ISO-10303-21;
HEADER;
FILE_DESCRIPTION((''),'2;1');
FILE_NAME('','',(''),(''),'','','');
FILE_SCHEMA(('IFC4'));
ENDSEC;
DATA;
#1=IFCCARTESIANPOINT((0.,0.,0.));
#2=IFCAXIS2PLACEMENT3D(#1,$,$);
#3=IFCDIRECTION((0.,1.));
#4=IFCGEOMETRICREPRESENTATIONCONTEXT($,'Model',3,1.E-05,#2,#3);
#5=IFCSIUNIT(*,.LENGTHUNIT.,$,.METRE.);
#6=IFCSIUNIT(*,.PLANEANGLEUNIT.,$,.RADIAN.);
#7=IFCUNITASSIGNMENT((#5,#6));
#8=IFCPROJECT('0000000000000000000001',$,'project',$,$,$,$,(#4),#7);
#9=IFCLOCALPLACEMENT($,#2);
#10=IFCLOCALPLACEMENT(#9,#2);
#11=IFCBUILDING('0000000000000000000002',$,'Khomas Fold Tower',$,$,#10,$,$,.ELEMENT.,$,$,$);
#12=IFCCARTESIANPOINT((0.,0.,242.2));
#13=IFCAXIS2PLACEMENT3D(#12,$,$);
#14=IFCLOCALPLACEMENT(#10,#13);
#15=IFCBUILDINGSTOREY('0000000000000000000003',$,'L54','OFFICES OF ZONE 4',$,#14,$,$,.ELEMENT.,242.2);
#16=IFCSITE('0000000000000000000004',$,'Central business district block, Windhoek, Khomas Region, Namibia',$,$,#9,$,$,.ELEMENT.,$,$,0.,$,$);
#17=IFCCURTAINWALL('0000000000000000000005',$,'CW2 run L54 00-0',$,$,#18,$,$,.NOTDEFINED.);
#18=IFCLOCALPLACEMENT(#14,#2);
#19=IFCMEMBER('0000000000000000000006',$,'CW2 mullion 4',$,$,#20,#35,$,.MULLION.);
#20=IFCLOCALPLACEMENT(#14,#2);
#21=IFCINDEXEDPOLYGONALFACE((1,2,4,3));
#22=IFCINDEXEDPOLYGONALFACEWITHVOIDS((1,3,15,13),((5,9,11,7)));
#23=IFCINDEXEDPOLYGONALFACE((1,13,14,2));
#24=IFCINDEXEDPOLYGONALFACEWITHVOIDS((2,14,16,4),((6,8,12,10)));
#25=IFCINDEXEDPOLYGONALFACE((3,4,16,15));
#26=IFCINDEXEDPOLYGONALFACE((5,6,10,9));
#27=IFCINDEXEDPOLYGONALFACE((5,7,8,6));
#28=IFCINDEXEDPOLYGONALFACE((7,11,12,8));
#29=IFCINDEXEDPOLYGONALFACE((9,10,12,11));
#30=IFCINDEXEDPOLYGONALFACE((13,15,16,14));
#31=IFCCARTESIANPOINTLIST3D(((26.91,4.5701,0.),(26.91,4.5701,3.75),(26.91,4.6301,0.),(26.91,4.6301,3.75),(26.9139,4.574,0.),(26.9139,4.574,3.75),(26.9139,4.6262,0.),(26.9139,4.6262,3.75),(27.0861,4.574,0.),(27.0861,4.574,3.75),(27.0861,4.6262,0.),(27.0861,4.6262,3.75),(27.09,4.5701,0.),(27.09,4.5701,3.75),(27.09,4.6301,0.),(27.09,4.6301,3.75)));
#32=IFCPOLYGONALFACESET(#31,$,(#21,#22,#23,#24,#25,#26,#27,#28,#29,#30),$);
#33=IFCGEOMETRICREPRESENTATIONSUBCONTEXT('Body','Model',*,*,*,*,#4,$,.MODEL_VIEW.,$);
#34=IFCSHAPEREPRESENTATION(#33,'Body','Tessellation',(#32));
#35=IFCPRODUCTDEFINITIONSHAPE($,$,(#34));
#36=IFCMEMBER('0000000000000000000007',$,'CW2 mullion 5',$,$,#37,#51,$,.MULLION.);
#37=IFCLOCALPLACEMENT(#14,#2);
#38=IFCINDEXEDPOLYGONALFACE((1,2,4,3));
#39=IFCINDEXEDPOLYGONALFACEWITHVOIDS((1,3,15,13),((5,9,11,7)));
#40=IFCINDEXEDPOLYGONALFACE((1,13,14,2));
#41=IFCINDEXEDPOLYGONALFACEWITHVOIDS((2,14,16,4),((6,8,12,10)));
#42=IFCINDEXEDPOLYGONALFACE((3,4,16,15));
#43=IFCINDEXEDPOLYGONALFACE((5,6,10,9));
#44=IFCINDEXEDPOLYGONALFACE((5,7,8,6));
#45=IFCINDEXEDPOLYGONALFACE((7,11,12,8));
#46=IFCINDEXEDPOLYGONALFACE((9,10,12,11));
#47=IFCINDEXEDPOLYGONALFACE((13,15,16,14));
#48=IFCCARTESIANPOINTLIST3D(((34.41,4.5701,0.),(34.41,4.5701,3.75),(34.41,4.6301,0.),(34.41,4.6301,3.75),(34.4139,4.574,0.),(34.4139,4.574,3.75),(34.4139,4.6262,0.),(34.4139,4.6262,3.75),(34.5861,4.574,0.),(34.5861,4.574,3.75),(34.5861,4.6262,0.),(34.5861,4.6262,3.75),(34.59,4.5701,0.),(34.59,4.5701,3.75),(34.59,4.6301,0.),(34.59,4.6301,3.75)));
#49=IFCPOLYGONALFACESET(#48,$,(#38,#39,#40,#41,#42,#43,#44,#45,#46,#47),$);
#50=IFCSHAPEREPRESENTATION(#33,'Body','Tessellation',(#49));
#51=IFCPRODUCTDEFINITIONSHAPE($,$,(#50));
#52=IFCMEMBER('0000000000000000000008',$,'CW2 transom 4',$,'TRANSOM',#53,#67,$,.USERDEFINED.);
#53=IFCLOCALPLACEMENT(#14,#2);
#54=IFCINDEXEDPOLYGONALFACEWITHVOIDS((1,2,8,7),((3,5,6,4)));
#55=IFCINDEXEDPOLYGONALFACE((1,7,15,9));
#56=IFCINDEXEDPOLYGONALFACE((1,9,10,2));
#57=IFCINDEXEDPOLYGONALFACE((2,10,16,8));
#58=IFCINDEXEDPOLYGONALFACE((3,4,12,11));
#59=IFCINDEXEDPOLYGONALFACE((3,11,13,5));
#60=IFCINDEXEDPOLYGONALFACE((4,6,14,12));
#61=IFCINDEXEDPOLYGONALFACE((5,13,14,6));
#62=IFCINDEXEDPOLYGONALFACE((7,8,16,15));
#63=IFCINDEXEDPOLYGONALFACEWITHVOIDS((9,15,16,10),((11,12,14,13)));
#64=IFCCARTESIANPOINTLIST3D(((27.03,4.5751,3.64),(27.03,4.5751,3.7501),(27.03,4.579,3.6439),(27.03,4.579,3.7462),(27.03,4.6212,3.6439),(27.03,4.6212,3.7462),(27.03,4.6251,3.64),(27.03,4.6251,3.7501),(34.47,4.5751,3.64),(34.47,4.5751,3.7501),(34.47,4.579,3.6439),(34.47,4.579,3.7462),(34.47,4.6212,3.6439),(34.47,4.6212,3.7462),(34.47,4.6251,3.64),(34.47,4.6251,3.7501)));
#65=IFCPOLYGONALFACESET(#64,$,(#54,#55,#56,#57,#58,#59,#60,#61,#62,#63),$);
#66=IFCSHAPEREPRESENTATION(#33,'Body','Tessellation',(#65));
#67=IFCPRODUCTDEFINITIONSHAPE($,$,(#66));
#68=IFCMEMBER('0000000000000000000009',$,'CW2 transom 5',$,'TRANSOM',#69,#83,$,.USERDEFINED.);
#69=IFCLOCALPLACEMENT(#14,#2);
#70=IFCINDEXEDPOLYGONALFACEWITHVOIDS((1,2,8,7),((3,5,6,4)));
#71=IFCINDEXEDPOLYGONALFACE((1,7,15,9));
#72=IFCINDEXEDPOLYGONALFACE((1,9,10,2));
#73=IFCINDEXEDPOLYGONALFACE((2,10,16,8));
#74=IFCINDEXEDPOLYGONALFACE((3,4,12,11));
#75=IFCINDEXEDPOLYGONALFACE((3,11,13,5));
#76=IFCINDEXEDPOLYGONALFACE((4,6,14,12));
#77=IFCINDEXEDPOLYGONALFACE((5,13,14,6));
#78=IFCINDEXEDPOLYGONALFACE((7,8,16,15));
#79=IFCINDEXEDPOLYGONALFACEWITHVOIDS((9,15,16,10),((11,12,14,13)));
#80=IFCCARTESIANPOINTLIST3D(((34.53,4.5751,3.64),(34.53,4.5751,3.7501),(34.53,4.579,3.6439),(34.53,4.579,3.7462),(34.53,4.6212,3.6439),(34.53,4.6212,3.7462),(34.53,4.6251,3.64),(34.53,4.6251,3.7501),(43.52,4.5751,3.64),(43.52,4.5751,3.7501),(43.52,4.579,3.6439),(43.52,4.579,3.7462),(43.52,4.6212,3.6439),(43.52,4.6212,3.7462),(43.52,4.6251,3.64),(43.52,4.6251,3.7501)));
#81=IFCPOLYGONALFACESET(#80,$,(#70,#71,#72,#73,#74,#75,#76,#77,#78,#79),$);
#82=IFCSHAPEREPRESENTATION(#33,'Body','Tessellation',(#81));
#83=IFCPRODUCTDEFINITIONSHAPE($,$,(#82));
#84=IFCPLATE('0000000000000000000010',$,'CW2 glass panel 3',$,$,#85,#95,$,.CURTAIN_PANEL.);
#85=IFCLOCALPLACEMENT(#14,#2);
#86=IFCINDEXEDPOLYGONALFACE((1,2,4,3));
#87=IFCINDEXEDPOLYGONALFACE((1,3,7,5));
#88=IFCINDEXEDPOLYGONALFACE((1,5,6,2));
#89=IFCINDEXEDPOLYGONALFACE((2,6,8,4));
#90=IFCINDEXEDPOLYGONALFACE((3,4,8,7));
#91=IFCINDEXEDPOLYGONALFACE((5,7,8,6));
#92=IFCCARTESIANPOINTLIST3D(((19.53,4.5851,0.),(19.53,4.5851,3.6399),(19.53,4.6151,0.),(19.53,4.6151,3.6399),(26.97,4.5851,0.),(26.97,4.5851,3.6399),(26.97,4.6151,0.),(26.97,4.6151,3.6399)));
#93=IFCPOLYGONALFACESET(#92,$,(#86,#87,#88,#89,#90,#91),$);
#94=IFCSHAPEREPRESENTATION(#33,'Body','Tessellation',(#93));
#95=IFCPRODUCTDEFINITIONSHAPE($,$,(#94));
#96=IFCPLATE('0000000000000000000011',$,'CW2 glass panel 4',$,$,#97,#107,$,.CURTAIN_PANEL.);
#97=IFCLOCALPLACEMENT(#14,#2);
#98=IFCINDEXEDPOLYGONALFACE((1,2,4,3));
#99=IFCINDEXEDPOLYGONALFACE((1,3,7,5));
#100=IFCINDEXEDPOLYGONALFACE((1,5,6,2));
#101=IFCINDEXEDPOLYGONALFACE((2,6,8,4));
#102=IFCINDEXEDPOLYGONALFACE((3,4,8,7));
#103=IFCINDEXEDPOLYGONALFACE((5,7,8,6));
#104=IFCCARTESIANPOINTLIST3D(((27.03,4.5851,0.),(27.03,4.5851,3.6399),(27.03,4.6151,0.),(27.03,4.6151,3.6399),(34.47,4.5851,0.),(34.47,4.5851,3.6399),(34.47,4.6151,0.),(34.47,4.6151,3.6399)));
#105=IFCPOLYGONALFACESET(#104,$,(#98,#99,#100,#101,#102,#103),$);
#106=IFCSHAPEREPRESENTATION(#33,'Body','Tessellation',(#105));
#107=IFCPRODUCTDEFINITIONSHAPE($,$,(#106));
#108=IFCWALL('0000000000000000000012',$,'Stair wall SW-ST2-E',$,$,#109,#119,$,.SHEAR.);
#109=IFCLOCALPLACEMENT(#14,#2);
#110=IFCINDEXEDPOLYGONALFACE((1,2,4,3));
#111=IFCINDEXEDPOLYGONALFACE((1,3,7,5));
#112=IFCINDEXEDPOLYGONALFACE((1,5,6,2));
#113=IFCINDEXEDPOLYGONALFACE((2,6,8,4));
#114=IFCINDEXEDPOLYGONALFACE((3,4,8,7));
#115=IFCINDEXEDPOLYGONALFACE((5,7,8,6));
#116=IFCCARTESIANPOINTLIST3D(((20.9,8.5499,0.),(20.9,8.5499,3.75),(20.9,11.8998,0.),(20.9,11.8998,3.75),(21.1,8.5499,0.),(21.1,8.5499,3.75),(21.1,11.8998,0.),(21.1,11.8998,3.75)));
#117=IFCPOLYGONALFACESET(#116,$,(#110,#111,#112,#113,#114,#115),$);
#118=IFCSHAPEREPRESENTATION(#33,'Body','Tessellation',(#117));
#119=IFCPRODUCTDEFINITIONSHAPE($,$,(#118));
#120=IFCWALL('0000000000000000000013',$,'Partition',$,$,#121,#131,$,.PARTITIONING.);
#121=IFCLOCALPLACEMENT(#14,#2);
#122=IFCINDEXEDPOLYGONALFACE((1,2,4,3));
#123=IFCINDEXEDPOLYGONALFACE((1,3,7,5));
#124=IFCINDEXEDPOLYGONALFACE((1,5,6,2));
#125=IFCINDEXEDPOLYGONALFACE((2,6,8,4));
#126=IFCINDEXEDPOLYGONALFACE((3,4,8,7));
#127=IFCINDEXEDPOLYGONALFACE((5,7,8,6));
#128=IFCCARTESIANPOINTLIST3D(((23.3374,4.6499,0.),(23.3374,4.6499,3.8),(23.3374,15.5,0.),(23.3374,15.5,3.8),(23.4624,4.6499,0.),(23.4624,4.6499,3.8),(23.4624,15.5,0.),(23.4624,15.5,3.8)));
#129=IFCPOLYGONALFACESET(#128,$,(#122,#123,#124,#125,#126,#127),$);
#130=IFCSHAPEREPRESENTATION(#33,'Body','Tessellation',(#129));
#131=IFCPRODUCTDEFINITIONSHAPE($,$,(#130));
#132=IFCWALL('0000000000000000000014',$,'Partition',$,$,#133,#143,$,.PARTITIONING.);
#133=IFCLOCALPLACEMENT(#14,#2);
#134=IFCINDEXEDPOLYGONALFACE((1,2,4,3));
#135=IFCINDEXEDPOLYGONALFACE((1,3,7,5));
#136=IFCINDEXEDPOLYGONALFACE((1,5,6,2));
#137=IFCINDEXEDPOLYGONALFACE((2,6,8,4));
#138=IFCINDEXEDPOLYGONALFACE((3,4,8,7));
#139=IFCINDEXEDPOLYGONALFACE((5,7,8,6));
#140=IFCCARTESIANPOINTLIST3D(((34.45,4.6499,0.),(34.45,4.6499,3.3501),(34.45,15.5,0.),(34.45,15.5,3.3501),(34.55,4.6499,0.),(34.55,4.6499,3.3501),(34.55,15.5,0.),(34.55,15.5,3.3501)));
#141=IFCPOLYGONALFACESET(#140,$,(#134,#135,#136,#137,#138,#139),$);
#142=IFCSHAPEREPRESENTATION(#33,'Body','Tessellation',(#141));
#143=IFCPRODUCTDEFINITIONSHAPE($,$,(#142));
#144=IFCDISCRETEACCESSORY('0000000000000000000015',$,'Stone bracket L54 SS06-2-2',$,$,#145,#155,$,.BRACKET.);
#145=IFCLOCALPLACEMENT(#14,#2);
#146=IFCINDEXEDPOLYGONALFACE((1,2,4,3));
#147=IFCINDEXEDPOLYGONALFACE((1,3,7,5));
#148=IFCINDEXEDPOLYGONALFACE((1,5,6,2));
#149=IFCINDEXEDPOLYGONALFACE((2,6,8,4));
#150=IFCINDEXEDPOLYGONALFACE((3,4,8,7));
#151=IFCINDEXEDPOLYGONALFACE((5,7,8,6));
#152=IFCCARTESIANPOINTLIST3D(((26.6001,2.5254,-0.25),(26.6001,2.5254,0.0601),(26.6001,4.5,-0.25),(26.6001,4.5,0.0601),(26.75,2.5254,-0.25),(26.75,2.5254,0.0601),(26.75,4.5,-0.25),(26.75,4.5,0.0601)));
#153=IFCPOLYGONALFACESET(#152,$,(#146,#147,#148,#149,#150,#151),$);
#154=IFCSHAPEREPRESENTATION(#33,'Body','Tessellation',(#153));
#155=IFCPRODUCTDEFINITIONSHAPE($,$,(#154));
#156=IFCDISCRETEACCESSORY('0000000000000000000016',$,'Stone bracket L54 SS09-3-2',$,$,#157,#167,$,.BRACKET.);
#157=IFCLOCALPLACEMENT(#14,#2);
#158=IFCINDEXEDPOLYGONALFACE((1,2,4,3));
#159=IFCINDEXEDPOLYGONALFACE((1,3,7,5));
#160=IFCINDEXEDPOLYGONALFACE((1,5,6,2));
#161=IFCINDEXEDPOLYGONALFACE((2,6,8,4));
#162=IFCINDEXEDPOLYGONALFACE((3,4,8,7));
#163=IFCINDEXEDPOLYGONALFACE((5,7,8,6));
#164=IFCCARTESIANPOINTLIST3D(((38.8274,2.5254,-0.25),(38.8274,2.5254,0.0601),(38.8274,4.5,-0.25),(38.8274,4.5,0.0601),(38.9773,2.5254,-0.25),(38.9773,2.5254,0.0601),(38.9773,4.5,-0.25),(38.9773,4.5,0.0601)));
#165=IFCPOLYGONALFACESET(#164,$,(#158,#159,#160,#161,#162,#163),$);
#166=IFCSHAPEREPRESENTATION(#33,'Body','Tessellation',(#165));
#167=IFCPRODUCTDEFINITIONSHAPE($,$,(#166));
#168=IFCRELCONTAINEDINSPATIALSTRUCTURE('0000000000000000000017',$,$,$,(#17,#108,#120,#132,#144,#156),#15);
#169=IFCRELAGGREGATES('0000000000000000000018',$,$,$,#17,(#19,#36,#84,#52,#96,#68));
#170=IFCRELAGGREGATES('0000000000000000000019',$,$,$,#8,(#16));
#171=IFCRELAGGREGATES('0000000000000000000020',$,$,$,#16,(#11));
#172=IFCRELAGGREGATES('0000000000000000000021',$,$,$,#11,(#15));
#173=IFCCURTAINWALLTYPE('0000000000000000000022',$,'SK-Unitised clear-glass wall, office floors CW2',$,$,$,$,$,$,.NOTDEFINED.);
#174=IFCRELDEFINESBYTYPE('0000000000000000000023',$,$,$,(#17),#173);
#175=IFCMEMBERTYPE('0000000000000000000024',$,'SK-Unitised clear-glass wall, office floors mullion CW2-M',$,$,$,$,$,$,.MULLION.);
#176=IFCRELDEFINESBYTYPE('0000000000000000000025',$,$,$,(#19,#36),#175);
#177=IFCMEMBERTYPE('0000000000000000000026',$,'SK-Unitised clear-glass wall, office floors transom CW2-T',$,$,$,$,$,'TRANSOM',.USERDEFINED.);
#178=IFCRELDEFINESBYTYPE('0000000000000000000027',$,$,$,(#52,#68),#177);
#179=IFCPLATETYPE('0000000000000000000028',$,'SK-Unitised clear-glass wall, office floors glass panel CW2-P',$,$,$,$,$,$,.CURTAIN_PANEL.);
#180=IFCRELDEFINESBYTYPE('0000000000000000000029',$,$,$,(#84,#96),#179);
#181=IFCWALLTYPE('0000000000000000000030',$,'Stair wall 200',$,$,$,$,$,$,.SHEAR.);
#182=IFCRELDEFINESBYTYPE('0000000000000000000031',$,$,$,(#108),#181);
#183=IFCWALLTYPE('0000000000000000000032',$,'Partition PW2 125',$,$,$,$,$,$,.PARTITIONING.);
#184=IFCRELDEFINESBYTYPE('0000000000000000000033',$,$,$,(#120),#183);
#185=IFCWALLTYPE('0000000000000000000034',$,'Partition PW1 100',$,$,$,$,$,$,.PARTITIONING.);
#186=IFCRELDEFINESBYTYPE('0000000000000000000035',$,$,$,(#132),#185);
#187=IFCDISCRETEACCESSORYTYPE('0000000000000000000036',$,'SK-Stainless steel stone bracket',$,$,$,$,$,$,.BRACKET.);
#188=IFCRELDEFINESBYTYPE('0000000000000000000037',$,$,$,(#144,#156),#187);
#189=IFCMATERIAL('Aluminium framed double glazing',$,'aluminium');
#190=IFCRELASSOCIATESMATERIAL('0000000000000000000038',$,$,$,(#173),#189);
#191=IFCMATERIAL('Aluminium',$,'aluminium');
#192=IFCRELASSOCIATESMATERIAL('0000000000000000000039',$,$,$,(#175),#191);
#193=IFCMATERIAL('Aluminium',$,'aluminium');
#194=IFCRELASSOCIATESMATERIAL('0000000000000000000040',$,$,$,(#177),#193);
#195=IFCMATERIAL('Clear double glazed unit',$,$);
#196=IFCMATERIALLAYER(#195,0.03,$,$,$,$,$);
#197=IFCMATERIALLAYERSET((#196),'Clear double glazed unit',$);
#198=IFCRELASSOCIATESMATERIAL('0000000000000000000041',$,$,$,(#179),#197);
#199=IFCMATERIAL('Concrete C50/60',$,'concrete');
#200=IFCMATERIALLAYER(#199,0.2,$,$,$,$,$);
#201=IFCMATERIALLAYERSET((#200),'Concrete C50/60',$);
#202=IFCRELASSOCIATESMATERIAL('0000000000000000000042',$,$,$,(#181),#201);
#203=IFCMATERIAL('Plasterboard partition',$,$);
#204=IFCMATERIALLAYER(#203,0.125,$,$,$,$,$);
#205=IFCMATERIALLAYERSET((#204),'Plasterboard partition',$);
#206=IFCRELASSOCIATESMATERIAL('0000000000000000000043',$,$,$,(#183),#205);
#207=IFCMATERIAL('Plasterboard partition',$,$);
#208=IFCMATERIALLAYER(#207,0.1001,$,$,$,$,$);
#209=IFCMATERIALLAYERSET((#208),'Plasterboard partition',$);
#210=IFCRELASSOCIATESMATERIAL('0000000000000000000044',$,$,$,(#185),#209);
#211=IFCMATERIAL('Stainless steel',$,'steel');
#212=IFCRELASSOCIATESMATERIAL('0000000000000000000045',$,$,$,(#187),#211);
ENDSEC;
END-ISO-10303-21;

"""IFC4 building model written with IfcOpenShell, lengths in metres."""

from ifc_helpers import new_model, si_unit, direction, frame, frame_2d, origin, origin_2d, place, context, subcontext, project, spatial, rectangle, hollow_rectangle, extrude, source, transform, mapped, material, layer, layer_set, material_profile, profile_set, type_object, element, aggregate, save


model = new_model("IFC4")

# Units and contexts
model_context = context("Model", 3, precision=1e-05, world=origin(), true_north=direction((0.0, 1.0)))
body_context = subcontext(model_context, "Body", "Model", "MODEL_VIEW")
ifc_project = project(units=[si_unit("LENGTHUNIT", "METRE"), si_unit("PLANEANGLEUNIT", "RADIAN")], contexts=[model_context])

# Site, building, storey
site_placement = place(None, origin())
site = spatial("IfcSite", under=ifc_project, at=site_placement, Name="Central business district block, Windhoek, Khomas Region, Namibia", CompositionType="ELEMENT", RefElevation=0.0)
building_placement = place(site_placement, origin())
building = spatial("IfcBuilding", under=site, at=building_placement, Name="Khomas Fold Tower", CompositionType="ELEMENT")
storey_placement = place(building_placement, frame((0.0, 0.0, 242.2)))
storey = spatial("IfcBuildingStorey", under=building, at=storey_placement, Name="L54", Description="OFFICES OF ZONE 4", CompositionType="ELEMENT", Elevation=242.2)

# Curtain wall, members, plates
ifc_material_1 = material(Name="Aluminium framed double glazing", Category="aluminium")
curtain_wall_type = type_object("IfcCurtainWallType", Name="SK-Unitised clear-glass wall, office floors CW2", PredefinedType="NOTDEFINED", material=ifc_material_1)
curtain_wall_placement = place(storey_placement, origin())
curtain_wall = element("IfcCurtainWall", 1, at=curtain_wall_placement, inside=storey, type_object=curtain_wall_type, Name="CW2 run L54 00-0", PredefinedType="NOTDEFINED")
ifc_material_2 = material(Name="Aluminium", Category="aluminium")
ifc_material_profile_1 = material_profile(ifc_material_2, hollow_rectangle(XDim=0.0601, YDim=0.1799, WallThickness=0.0039, at=origin_2d()), Name="SK-Unitised clear-glass wall, office floors mullion CW2-M")
ifc_profile_set_1 = profile_set([ifc_material_profile_1], Name="Aluminium")
member_type_1 = type_object("IfcMemberType", Name="SK-Unitised clear-glass wall, office floors mullion CW2-M", PredefinedType="MULLION", material=ifc_profile_set_1)
shared_shape_1 = source(origin(), body_context, "Body", "SweptSolid", [
    extrude(hollow_rectangle(XDim=0.0601, YDim=0.1799, WallThickness=0.0039, at=origin_2d()), origin(), (0.0, 0.0, 1.0), 3.75),
])
member_1_placement = place(storey_placement, frame((27.0, 4.6001, 0.0), z_axis=(0.0, 0.0, 1.0), x_axis=(0.0, 1.0, 0.0)))
member_1 = element("IfcMember", 2, at=member_1_placement, type_object=member_type_1, Name="CW2 mullion 4", PredefinedType="MULLION", context=body_context, shape_type="MappedRepresentation", body=[
    mapped(shared_shape_1, transform((0.0, 0.0, 0.0))),
])
member_2_placement = place(storey_placement, frame((34.5, 4.6001, 0.0), z_axis=(0.0, 0.0, 1.0), x_axis=(0.0, 1.0, 0.0)))
member_2 = element("IfcMember", 3, at=member_2_placement, type_object=member_type_1, Name="CW2 mullion 5", PredefinedType="MULLION", context=body_context, shape_type="MappedRepresentation", body=[
    mapped(shared_shape_1, transform((0.0, 0.0, 0.0))),
])
ifc_material_3 = material(Name="Aluminium", Category="aluminium")
ifc_material_profile_2 = material_profile(ifc_material_3, hollow_rectangle(XDim=0.05, YDim=0.1101, WallThickness=0.0039, at=origin_2d()), Name="SK-Unitised clear-glass wall, office floors transom CW2-T")
ifc_profile_set_2 = profile_set([ifc_material_profile_2], Name="Aluminium")
member_type_2 = type_object("IfcMemberType", Name="SK-Unitised clear-glass wall, office floors transom CW2-T", ElementType="TRANSOM", PredefinedType="USERDEFINED", material=ifc_profile_set_2)
shared_shape_2 = source(origin(), body_context, "Body", "SweptSolid", [
    extrude(hollow_rectangle(XDim=0.05, YDim=0.1101, WallThickness=0.0039, at=origin_2d()), origin(), (0.0, 0.0, 1.0), 7.4399),
])
member_3_placement = place(storey_placement, frame((27.03, 4.6001, 3.6951), z_axis=(1.0, 0.0, 0.0), x_axis=(0.0, 1.0, 0.0)))
member_3 = element("IfcMember", 4, at=member_3_placement, type_object=member_type_2, Name="CW2 transom 4", ObjectType="TRANSOM", PredefinedType="USERDEFINED", context=body_context, shape_type="MappedRepresentation", body=[
    mapped(shared_shape_2, transform((0.0, 0.0, 0.0))),
])
shared_shape_3 = source(origin(), body_context, "Body", "SweptSolid", [
    extrude(hollow_rectangle(XDim=0.05, YDim=0.1101, WallThickness=0.0039, at=origin_2d()), origin(), (0.0, 0.0, 1.0), 8.99),
])
member_4_placement = place(storey_placement, frame((34.53, 4.6001, 3.6951), z_axis=(1.0, 0.0, 0.0), x_axis=(0.0, 1.0, 0.0)))
member_4 = element("IfcMember", 5, at=member_4_placement, type_object=member_type_2, Name="CW2 transom 5", ObjectType="TRANSOM", PredefinedType="USERDEFINED", context=body_context, shape_type="MappedRepresentation", body=[
    mapped(shared_shape_3, transform((0.0, 0.0, 0.0))),
])
ifc_material_4 = material(Name="Clear double glazed unit")
ifc_layer_1 = layer(ifc_material_4, 0.03)
ifc_layer_set_1 = layer_set([ifc_layer_1], Name="Clear double glazed unit")
plate_type = type_object("IfcPlateType", Name="SK-Unitised clear-glass wall, office floors glass panel CW2-P", PredefinedType="CURTAIN_PANEL", material=ifc_layer_set_1)
shared_shape_4 = source(origin(), body_context, "Body", "SweptSolid", [
    extrude(rectangle(XDim=7.4399, YDim=0.03, at=origin_2d()), origin(), (0.0, 0.0, 1.0), 3.6399),
])
plate_1_placement = place(storey_placement, frame((23.25, 4.6001, 0.0), z_axis=(0.0, 0.0, 1.0), x_axis=(1.0, 0.0, 0.0)))
plate_1 = element("IfcPlate", 6, at=plate_1_placement, type_object=plate_type, Name="CW2 glass panel 3", PredefinedType="CURTAIN_PANEL", context=body_context, shape_type="MappedRepresentation", body=[
    mapped(shared_shape_4, transform((0.0, 0.0, 0.0))),
])
plate_2_placement = place(storey_placement, frame((30.75, 4.6001, 0.0), z_axis=(0.0, 0.0, 1.0), x_axis=(1.0, 0.0, 0.0)))
plate_2 = element("IfcPlate", 7, at=plate_2_placement, type_object=plate_type, Name="CW2 glass panel 4", PredefinedType="CURTAIN_PANEL", context=body_context, shape_type="MappedRepresentation", body=[
    mapped(shared_shape_4, transform((0.0, 0.0, 0.0))),
])
aggregate(curtain_wall, [member_1, member_2, plate_1, member_3, plate_2, member_4])

# Walls
ifc_material_5 = material(Name="Concrete C50/60", Category="concrete")
ifc_layer_2 = layer(ifc_material_5, 0.2)
ifc_layer_set_2 = layer_set([ifc_layer_2], Name="Concrete C50/60")
wall_type_1 = type_object("IfcWallType", Name="Stair wall 200", PredefinedType="SHEAR", material=ifc_layer_set_2)
shared_shape_5 = source(origin(), body_context, "Body", "SweptSolid", [
    extrude(rectangle(XDim=3.3499, YDim=0.2, at=frame_2d((1.6748, 0.0))), origin(), (0.0, 0.0, 1.0), 3.75),
])
wall_1_placement = place(storey_placement, frame((21.0, 8.55, 0.0), z_axis=(0.0, 0.0, 1.0), x_axis=(0.0, 1.0, 0.0)))
element("IfcWall", 8, at=wall_1_placement, inside=storey, type_object=wall_type_1, Name="Stair wall SW-ST2-E", PredefinedType="SHEAR", context=body_context, shape_type="MappedRepresentation", body=[
    mapped(shared_shape_5, transform((0.0, 0.0, 0.0))),
])
ifc_material_6 = material(Name="Plasterboard partition")
ifc_layer_3 = layer(ifc_material_6, 0.125)
ifc_layer_set_3 = layer_set([ifc_layer_3], Name="Plasterboard partition")
wall_type_2 = type_object("IfcWallType", Name="Partition PW2 125", PredefinedType="PARTITIONING", material=ifc_layer_set_3)
shared_shape_6 = source(origin(), body_context, "Body", "SweptSolid", [
    extrude(rectangle(XDim=10.8501, YDim=0.125, at=frame_2d((5.425, 0.0))), origin(), (0.0, 0.0, 1.0), 3.8),
])
wall_2_placement = place(storey_placement, frame((23.3999, 4.6499, 0.0), z_axis=(0.0, 0.0, 1.0), x_axis=(0.0, 1.0, 0.0)))
element("IfcWall", 9, at=wall_2_placement, inside=storey, type_object=wall_type_2, Name="Partition", PredefinedType="PARTITIONING", context=body_context, shape_type="MappedRepresentation", body=[
    mapped(shared_shape_6, transform((0.0, 0.0, 0.0))),
])
ifc_material_7 = material(Name="Plasterboard partition")
ifc_layer_4 = layer(ifc_material_7, 0.1001)
ifc_layer_set_4 = layer_set([ifc_layer_4], Name="Plasterboard partition")
wall_type_3 = type_object("IfcWallType", Name="Partition PW1 100", PredefinedType="PARTITIONING", material=ifc_layer_set_4)
shared_shape_7 = source(origin(), body_context, "Body", "SweptSolid", [
    extrude(rectangle(XDim=10.8501, YDim=0.1001, at=frame_2d((5.425, 0.0))), origin(), (0.0, 0.0, 1.0), 3.3501),
])
wall_3_placement = place(storey_placement, frame((34.5, 4.6499, 0.0), z_axis=(0.0, 0.0, 1.0), x_axis=(0.0, 1.0, 0.0)))
element("IfcWall", 10, at=wall_3_placement, inside=storey, type_object=wall_type_3, Name="Partition", PredefinedType="PARTITIONING", context=body_context, shape_type="MappedRepresentation", body=[
    mapped(shared_shape_7, transform((0.0, 0.0, 0.0))),
])

# Discrete accessories
ifc_material_8 = material(Name="Stainless steel", Category="steel")
discrete_accessory_type = type_object("IfcDiscreteAccessoryType", Name="SK-Stainless steel stone bracket", PredefinedType="BRACKET", material=ifc_material_8)
shared_shape_8 = source(origin(), body_context, "Body", "SweptSolid", [
    extrude(rectangle(XDim=1.9746, YDim=0.1499, at=origin_2d()), origin(), (0.0, 0.0, 1.0), 0.3101),
])
for number, where, z_axis, x_axis, name in (
    (11, (26.675, 3.5127, -0.25), (0.0, 0.0, 1.0), (0.0, -1.0, 0.0), "Stone bracket L54 SS06-2-2"),
    (12, (38.9023, 3.5127, -0.25), (0.0, 0.0, 1.0), (0.0, -1.0, 0.0), "Stone bracket L54 SS09-3-2"),
):
    element("IfcDiscreteAccessory", number, at=place(storey_placement, frame(where, z_axis=z_axis, x_axis=x_axis)), inside=storey, type_object=discrete_accessory_type, Name=name, PredefinedType="BRACKET", context=body_context, shape_type="MappedRepresentation", body=[
        mapped(shared_shape_8, transform((0.0, 0.0, 0.0))),
    ])

save(model, "model.ifc")
